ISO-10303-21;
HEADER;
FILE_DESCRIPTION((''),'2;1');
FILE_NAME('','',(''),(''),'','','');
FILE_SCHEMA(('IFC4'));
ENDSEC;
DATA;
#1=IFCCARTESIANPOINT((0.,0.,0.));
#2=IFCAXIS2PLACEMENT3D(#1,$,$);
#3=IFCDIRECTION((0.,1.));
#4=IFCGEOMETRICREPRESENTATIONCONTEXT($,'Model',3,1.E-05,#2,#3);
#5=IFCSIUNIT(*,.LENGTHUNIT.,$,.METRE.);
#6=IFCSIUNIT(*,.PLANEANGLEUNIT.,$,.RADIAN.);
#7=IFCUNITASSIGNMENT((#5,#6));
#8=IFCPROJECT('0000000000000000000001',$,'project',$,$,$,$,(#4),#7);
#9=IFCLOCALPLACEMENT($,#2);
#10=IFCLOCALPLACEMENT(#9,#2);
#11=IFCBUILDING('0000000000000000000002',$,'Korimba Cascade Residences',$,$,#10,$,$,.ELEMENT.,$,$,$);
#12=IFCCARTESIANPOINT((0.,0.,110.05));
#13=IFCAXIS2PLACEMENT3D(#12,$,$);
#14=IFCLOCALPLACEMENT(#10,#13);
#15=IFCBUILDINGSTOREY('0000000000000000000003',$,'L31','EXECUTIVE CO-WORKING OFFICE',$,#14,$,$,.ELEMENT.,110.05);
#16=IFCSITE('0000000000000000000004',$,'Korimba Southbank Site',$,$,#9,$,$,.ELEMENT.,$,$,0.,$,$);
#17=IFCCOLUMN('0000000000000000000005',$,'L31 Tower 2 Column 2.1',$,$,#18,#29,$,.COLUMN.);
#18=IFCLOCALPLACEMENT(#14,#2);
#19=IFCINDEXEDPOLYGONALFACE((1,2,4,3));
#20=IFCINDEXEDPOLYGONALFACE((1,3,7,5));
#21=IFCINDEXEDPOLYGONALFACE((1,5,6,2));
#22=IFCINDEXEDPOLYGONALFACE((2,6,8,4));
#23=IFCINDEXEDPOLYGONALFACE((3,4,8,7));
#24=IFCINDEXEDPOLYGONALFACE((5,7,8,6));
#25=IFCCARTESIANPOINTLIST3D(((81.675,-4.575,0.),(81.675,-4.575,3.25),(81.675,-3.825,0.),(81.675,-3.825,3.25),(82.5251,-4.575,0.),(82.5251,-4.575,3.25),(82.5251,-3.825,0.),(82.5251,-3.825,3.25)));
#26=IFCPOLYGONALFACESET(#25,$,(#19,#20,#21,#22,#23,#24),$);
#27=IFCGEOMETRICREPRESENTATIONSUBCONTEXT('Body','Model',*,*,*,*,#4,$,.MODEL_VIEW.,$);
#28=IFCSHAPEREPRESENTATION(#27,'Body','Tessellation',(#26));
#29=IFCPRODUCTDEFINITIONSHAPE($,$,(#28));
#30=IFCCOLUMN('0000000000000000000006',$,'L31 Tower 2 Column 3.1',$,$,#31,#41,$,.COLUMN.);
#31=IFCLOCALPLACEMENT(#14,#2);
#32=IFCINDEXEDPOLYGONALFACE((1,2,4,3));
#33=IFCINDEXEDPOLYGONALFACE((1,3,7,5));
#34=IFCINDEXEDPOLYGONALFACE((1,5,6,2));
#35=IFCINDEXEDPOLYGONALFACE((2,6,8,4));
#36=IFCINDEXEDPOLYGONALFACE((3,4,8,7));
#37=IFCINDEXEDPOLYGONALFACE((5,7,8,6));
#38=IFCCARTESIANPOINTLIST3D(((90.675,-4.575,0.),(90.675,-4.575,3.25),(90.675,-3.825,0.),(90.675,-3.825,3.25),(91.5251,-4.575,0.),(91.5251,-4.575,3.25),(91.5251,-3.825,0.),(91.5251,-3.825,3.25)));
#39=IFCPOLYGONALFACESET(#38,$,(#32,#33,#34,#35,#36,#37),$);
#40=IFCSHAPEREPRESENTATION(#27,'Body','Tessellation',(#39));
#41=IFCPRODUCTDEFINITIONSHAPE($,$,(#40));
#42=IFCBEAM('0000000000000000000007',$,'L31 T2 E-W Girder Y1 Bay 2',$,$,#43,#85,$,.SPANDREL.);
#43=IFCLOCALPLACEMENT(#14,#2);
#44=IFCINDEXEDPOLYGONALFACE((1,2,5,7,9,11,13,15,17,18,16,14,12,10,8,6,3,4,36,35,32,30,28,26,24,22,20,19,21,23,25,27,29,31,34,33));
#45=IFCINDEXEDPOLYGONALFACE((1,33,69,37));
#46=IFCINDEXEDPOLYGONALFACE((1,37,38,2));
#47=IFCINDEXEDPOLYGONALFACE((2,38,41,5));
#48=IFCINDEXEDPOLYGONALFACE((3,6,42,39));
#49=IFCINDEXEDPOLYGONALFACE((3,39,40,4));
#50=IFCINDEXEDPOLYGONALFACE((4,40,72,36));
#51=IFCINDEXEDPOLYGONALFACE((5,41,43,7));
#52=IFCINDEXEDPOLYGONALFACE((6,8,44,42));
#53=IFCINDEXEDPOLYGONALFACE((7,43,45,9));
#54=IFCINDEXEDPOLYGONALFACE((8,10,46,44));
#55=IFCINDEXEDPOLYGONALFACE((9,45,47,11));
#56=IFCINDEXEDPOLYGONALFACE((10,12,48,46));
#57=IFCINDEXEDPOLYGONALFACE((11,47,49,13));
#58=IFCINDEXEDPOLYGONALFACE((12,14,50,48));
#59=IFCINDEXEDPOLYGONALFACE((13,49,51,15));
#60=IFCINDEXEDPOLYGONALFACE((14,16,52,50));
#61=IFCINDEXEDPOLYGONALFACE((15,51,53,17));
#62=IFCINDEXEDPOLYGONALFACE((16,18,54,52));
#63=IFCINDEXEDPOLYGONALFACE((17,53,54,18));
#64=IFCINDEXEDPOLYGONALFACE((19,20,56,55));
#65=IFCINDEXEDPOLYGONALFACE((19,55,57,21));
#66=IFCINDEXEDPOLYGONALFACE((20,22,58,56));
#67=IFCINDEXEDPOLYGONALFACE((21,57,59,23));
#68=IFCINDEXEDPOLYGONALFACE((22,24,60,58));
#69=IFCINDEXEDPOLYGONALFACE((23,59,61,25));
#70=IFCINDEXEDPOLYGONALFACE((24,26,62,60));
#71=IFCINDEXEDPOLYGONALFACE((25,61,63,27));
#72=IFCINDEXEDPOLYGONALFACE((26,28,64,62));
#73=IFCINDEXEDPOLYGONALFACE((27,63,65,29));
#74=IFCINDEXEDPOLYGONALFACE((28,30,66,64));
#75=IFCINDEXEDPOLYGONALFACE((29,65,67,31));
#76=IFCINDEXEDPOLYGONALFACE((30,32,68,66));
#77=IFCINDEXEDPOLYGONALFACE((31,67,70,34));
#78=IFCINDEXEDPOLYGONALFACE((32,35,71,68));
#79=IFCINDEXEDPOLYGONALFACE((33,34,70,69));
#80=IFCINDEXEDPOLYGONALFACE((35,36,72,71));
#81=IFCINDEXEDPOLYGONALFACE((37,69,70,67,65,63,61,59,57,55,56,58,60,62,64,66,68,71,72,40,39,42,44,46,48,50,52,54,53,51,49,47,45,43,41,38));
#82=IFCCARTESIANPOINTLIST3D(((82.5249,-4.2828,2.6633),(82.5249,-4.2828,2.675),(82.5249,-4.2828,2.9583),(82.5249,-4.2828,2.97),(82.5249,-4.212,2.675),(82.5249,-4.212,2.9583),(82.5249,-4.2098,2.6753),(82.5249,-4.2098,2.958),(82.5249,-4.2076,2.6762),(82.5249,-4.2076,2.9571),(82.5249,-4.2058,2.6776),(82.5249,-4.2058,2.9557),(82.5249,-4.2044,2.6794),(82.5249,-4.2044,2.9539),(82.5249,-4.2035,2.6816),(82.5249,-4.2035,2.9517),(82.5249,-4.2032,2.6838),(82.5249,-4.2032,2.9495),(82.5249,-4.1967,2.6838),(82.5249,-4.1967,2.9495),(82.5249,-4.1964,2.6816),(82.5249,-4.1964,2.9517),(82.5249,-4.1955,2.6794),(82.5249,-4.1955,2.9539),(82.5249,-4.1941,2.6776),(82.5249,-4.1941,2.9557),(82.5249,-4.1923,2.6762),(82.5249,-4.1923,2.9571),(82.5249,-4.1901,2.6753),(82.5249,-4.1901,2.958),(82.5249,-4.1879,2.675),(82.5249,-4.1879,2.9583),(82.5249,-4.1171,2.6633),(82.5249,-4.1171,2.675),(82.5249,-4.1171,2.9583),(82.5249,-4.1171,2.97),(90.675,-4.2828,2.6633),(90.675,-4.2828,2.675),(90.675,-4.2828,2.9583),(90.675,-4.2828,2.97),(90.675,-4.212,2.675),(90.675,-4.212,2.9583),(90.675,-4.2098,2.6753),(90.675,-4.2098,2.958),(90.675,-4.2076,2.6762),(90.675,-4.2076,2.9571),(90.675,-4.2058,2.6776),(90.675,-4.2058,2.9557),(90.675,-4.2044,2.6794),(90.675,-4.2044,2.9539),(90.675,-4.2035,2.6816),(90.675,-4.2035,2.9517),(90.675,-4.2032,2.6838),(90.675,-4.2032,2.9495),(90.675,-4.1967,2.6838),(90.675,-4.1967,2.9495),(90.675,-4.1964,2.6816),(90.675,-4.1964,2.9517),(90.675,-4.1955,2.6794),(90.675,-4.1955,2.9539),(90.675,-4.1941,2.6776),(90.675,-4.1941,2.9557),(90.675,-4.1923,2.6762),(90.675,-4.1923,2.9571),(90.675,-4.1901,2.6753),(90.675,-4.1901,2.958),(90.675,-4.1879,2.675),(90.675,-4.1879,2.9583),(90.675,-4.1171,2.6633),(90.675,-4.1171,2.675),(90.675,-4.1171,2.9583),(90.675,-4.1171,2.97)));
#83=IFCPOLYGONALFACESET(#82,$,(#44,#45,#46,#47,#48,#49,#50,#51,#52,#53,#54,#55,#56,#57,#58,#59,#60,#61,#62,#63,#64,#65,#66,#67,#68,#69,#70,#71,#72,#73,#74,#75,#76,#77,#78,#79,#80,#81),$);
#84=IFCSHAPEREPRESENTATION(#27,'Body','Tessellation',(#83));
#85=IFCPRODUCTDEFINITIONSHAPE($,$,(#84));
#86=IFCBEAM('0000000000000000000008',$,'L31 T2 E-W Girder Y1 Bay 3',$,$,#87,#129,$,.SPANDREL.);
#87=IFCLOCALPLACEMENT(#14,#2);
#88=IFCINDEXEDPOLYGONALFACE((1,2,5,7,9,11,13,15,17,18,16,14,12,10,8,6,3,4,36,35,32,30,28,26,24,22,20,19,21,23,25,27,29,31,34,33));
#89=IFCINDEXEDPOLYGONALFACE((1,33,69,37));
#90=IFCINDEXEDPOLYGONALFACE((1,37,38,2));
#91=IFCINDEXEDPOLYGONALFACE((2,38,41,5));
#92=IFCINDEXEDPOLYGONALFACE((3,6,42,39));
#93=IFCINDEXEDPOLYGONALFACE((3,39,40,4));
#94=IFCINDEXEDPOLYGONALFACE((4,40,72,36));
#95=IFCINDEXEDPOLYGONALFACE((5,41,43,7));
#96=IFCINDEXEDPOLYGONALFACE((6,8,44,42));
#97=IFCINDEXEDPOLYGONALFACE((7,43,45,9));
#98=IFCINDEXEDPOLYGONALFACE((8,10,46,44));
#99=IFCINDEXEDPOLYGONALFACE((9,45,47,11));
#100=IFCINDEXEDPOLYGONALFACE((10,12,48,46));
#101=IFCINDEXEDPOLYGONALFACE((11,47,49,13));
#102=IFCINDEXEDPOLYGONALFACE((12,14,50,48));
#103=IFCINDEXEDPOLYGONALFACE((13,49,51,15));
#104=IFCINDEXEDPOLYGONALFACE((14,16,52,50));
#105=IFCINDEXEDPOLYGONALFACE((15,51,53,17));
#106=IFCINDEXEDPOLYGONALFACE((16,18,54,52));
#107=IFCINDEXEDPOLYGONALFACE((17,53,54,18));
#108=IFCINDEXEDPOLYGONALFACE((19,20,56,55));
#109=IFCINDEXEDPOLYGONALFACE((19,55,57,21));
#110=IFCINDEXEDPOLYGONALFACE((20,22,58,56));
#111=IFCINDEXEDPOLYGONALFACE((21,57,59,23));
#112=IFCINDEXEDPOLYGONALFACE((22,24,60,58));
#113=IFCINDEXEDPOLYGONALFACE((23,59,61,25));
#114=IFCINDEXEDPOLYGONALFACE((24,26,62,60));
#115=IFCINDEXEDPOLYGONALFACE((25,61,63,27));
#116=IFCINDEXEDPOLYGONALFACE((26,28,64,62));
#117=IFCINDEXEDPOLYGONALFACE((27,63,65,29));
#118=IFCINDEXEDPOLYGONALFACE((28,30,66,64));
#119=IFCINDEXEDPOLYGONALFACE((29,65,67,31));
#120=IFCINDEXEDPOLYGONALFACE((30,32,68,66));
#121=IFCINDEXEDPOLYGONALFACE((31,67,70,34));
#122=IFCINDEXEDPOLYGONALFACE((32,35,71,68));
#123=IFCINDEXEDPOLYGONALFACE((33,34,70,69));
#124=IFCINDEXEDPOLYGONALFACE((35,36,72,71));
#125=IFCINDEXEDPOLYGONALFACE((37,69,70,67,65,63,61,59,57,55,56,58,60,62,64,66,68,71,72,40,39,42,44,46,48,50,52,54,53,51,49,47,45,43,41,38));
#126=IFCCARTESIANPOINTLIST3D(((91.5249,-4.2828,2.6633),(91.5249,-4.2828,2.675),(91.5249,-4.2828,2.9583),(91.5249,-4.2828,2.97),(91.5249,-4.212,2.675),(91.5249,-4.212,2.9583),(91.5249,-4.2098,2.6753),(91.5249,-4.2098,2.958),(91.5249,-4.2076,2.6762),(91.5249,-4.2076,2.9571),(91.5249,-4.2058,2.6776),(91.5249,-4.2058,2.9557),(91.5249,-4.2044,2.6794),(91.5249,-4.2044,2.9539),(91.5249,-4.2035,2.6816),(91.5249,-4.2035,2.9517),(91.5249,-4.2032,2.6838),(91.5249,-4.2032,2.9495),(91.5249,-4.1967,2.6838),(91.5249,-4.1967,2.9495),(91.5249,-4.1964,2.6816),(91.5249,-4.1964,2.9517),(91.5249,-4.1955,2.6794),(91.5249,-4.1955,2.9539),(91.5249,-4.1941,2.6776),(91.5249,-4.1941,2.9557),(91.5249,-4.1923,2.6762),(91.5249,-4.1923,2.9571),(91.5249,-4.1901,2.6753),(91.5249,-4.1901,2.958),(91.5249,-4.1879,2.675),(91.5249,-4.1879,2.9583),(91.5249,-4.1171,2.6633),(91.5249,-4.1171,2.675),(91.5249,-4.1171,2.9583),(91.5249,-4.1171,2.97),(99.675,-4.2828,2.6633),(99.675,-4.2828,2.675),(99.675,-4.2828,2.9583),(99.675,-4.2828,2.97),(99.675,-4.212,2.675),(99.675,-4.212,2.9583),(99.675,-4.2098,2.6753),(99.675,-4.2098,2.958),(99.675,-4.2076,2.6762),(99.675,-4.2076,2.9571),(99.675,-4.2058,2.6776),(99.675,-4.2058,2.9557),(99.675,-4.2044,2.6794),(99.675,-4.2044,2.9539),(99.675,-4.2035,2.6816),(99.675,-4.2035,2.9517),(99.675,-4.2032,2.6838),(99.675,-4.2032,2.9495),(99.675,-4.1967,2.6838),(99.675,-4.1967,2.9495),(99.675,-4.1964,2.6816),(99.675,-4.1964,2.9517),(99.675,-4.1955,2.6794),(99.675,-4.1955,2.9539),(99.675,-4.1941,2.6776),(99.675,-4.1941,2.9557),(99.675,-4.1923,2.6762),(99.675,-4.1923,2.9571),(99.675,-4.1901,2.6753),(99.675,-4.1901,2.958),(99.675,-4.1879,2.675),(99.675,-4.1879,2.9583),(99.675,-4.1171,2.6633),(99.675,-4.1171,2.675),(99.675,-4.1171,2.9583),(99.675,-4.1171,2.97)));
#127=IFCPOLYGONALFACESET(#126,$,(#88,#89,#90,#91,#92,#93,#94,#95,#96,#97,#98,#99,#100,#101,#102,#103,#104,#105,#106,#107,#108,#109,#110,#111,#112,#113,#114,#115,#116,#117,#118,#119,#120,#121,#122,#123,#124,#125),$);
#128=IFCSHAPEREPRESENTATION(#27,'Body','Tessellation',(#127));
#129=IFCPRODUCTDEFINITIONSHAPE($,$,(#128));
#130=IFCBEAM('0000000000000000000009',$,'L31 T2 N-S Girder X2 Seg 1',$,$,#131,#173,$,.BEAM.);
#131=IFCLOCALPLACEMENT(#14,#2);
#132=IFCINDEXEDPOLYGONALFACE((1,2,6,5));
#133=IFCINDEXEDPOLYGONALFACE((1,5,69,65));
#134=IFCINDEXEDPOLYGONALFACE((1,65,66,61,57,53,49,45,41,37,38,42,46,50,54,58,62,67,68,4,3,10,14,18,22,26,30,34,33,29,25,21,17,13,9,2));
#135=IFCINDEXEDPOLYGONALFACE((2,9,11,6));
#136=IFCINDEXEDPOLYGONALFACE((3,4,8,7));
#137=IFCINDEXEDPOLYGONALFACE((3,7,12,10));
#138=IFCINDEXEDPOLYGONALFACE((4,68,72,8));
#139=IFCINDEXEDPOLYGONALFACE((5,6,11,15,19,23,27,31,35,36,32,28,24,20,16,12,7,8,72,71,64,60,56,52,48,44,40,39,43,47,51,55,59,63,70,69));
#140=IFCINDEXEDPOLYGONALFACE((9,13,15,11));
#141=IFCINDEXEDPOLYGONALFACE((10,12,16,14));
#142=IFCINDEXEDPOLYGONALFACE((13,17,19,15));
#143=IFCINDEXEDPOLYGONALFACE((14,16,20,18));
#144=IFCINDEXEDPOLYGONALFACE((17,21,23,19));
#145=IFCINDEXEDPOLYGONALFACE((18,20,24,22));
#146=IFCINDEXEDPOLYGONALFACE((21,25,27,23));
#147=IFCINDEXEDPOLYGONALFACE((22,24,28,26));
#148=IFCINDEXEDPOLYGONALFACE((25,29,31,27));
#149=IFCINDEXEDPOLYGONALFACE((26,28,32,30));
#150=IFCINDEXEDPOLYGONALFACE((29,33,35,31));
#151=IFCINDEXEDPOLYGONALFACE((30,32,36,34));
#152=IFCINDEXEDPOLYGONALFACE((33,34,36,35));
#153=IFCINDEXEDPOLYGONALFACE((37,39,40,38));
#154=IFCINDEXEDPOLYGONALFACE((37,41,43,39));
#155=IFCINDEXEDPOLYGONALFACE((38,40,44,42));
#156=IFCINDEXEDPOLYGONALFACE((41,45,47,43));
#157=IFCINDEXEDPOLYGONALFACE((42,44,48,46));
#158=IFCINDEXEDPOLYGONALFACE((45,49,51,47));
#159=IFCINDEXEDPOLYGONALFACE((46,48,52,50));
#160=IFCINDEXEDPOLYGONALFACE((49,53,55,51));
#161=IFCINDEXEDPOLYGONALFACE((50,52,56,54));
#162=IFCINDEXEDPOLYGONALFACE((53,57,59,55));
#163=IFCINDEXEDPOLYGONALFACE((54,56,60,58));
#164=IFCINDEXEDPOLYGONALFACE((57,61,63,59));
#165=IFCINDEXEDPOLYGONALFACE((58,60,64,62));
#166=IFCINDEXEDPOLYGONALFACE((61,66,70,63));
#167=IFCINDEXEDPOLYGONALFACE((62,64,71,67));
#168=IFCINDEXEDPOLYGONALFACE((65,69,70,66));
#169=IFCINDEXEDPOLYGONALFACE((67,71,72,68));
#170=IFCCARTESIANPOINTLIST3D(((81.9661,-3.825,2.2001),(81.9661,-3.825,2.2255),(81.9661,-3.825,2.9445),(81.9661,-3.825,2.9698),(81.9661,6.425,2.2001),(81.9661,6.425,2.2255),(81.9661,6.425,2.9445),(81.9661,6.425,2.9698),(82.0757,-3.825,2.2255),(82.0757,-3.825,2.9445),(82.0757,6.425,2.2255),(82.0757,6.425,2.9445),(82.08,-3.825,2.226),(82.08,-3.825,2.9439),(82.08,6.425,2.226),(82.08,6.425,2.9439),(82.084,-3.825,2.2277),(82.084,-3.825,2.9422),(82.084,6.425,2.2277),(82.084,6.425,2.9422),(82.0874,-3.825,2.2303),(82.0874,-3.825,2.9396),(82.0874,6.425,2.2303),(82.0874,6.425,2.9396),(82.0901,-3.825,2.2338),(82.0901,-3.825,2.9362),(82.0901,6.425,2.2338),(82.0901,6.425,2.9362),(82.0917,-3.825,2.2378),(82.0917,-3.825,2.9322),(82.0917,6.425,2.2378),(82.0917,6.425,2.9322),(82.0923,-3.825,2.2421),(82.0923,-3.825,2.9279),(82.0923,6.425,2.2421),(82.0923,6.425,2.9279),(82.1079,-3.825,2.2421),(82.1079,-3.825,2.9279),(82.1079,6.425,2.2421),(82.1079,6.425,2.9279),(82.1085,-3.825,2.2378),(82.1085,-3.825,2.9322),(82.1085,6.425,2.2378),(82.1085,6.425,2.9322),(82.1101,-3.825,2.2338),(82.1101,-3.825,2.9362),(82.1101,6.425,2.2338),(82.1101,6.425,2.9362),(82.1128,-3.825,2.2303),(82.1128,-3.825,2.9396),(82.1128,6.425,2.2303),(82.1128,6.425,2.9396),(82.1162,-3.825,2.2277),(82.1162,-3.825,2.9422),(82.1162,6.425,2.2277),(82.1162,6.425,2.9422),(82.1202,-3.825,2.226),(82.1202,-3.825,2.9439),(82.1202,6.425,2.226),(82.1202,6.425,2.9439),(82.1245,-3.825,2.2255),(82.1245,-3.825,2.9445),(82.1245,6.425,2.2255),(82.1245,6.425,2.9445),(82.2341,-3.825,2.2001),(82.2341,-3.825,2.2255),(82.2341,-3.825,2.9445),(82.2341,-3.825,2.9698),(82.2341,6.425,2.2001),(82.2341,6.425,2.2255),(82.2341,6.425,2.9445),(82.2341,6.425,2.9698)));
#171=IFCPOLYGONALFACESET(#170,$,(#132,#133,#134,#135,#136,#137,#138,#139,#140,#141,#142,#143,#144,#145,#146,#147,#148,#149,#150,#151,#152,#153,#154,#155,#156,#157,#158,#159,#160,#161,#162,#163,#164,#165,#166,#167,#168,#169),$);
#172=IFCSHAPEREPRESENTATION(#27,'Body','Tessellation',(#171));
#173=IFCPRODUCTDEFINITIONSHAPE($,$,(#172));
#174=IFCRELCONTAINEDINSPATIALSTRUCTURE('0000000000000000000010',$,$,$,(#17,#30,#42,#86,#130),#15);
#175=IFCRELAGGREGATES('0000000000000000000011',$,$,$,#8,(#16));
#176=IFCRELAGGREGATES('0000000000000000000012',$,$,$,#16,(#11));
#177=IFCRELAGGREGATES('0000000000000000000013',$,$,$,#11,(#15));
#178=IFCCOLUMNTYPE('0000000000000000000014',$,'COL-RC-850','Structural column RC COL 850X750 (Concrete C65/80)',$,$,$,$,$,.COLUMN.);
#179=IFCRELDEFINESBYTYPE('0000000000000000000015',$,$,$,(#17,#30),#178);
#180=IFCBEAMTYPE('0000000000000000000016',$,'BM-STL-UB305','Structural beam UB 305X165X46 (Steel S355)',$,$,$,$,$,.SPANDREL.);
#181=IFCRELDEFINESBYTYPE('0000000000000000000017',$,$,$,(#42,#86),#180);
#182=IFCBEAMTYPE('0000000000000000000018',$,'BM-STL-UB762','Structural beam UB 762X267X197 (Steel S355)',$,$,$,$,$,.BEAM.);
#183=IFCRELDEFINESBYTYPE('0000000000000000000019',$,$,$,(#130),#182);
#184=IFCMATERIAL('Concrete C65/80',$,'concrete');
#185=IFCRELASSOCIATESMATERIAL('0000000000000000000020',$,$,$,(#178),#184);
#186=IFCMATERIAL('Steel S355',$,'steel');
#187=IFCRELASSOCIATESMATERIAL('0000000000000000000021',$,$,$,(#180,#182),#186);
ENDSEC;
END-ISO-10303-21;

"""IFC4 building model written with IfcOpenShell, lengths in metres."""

from ifc_helpers import new_model, si_unit, direction, frame, origin, origin_2d, place, context, subcontext, project, spatial, rectangle, i_section, extrude, material, material_profile, profile_set, type_object, element, save


model = new_model("IFC4")

# Units and contexts
model_context = context("Model", 3, precision=1e-05, world=origin(), true_north=direction((0.0, 1.0)))
body_context = subcontext(model_context, "Body", "Model", "MODEL_VIEW")
ifc_project = project(units=[si_unit("LENGTHUNIT", "METRE"), si_unit("PLANEANGLEUNIT", "RADIAN")], contexts=[model_context])

# Site, building, storey
site_placement = place(None, origin())
site = spatial("IfcSite", under=ifc_project, at=site_placement, Name="Korimba Southbank Site", CompositionType="ELEMENT", RefElevation=0.0)
building_placement = place(site_placement, origin())
building = spatial("IfcBuilding", under=site, at=building_placement, Name="Korimba Cascade Residences", CompositionType="ELEMENT")
storey_placement = place(building_placement, frame((0.0, 0.0, 110.05)))
storey = spatial("IfcBuildingStorey", under=building, at=storey_placement, Name="L31", Description="EXECUTIVE CO-WORKING OFFICE", CompositionType="ELEMENT", Elevation=110.05)

# Columns
ifc_material_1 = material(Name="Concrete C65/80", Category="concrete")
ifc_material_profile_1 = material_profile(ifc_material_1, rectangle(XDim=0.8501, YDim=0.75, at=origin_2d()), Name="Concrete C65/80")
ifc_profile_set_1 = profile_set([ifc_material_profile_1], Name="Concrete C65/80")
column_type = type_object("IfcColumnType", Name="COL-RC-850", Description="Structural column RC COL 850X750 (Concrete C65/80)", PredefinedType="COLUMN", material=ifc_profile_set_1)
for number, where, z_axis, x_axis, name in (
    (1, (82.1001, -4.2, 0.0), (0.0, 0.0, 1.0), (1.0, 0.0, 0.0), "L31 Tower 2 Column 2.1"),
    (2, (91.1001, -4.2, 0.0), (0.0, 0.0, 1.0), (1.0, 0.0, 0.0), "L31 Tower 2 Column 3.1"),
):
    element("IfcColumn", number, at=place(storey_placement, frame(where, z_axis=z_axis, x_axis=x_axis)), inside=storey, type_object=column_type, Name=name, PredefinedType="COLUMN", context=body_context, shape_type="SweptSolid", body=[
        extrude(rectangle(XDim=0.8501, YDim=0.75, at=origin_2d()), origin(), (0.0, 0.0, 1.0), 3.25),
    ])

# Beams
ifc_material_2 = material(Name="Steel S355", Category="steel")
ifc_material_profile_2 = material_profile(ifc_material_2, i_section(OverallWidth=0.1658, OverallDepth=0.3066, WebThickness=0.0066, FlangeThickness=0.0117, FilletRadius=0.0088, at=origin_2d()), Name="Steel S355")
ifc_profile_set_2 = profile_set([ifc_material_profile_2], Name="Steel S355")
beam_type_1 = type_object("IfcBeamType", Name="BM-STL-UB305", Description="Structural beam UB 305X165X46 (Steel S355)", PredefinedType="SPANDREL", material=ifc_profile_set_2)
for number, where, z_axis, x_axis, name in (
    (3, (82.5249, -4.2, 2.8167), (1.0, 0.0, 0.0), (0.0, 1.0, 0.0), "L31 T2 E-W Girder Y1 Bay 2"),
    (4, (91.5249, -4.2, 2.8167), (1.0, 0.0, 0.0), (0.0, 1.0, 0.0), "L31 T2 E-W Girder Y1 Bay 3"),
):
    element("IfcBeam", number, at=place(storey_placement, frame(where, z_axis=z_axis, x_axis=x_axis)), inside=storey, type_object=beam_type_1, Name=name, PredefinedType="SPANDREL", context=body_context, shape_type="SweptSolid", body=[
        extrude(i_section(OverallWidth=0.1658, OverallDepth=0.3066, WebThickness=0.0066, FlangeThickness=0.0117, FilletRadius=0.0088, at=origin_2d()), origin(), (0.0, 0.0, 1.0), 8.1501),
    ])
ifc_material_profile_3 = material_profile(ifc_material_2, i_section(OverallWidth=0.2681, OverallDepth=0.7698, WebThickness=0.0156, FlangeThickness=0.0254, FilletRadius=0.0166, at=origin_2d()), Name="Steel S355")
ifc_profile_set_3 = profile_set([ifc_material_profile_3], Name="Steel S355")
beam_type_2 = type_object("IfcBeamType", Name="BM-STL-UB762", Description="Structural beam UB 762X267X197 (Steel S355)", PredefinedType="BEAM", material=ifc_profile_set_3)
for number, where, z_axis, x_axis, name in (
    (5, (82.1001, -3.825, 2.585), (0.0, 1.0, 0.0), (-1.0, 0.0, 0.0), "L31 T2 N-S Girder X2 Seg 1"),
):
    element("IfcBeam", number, at=place(storey_placement, frame(where, z_axis=z_axis, x_axis=x_axis)), inside=storey, type_object=beam_type_2, Name=name, PredefinedType="BEAM", context=body_context, shape_type="SweptSolid", body=[
        extrude(i_section(OverallWidth=0.2681, OverallDepth=0.7698, WebThickness=0.0156, FlangeThickness=0.0254, FilletRadius=0.0166, at=origin_2d()), origin(), (0.0, 0.0, 1.0), 10.25),
    ])

save(model, "model.ifc")
